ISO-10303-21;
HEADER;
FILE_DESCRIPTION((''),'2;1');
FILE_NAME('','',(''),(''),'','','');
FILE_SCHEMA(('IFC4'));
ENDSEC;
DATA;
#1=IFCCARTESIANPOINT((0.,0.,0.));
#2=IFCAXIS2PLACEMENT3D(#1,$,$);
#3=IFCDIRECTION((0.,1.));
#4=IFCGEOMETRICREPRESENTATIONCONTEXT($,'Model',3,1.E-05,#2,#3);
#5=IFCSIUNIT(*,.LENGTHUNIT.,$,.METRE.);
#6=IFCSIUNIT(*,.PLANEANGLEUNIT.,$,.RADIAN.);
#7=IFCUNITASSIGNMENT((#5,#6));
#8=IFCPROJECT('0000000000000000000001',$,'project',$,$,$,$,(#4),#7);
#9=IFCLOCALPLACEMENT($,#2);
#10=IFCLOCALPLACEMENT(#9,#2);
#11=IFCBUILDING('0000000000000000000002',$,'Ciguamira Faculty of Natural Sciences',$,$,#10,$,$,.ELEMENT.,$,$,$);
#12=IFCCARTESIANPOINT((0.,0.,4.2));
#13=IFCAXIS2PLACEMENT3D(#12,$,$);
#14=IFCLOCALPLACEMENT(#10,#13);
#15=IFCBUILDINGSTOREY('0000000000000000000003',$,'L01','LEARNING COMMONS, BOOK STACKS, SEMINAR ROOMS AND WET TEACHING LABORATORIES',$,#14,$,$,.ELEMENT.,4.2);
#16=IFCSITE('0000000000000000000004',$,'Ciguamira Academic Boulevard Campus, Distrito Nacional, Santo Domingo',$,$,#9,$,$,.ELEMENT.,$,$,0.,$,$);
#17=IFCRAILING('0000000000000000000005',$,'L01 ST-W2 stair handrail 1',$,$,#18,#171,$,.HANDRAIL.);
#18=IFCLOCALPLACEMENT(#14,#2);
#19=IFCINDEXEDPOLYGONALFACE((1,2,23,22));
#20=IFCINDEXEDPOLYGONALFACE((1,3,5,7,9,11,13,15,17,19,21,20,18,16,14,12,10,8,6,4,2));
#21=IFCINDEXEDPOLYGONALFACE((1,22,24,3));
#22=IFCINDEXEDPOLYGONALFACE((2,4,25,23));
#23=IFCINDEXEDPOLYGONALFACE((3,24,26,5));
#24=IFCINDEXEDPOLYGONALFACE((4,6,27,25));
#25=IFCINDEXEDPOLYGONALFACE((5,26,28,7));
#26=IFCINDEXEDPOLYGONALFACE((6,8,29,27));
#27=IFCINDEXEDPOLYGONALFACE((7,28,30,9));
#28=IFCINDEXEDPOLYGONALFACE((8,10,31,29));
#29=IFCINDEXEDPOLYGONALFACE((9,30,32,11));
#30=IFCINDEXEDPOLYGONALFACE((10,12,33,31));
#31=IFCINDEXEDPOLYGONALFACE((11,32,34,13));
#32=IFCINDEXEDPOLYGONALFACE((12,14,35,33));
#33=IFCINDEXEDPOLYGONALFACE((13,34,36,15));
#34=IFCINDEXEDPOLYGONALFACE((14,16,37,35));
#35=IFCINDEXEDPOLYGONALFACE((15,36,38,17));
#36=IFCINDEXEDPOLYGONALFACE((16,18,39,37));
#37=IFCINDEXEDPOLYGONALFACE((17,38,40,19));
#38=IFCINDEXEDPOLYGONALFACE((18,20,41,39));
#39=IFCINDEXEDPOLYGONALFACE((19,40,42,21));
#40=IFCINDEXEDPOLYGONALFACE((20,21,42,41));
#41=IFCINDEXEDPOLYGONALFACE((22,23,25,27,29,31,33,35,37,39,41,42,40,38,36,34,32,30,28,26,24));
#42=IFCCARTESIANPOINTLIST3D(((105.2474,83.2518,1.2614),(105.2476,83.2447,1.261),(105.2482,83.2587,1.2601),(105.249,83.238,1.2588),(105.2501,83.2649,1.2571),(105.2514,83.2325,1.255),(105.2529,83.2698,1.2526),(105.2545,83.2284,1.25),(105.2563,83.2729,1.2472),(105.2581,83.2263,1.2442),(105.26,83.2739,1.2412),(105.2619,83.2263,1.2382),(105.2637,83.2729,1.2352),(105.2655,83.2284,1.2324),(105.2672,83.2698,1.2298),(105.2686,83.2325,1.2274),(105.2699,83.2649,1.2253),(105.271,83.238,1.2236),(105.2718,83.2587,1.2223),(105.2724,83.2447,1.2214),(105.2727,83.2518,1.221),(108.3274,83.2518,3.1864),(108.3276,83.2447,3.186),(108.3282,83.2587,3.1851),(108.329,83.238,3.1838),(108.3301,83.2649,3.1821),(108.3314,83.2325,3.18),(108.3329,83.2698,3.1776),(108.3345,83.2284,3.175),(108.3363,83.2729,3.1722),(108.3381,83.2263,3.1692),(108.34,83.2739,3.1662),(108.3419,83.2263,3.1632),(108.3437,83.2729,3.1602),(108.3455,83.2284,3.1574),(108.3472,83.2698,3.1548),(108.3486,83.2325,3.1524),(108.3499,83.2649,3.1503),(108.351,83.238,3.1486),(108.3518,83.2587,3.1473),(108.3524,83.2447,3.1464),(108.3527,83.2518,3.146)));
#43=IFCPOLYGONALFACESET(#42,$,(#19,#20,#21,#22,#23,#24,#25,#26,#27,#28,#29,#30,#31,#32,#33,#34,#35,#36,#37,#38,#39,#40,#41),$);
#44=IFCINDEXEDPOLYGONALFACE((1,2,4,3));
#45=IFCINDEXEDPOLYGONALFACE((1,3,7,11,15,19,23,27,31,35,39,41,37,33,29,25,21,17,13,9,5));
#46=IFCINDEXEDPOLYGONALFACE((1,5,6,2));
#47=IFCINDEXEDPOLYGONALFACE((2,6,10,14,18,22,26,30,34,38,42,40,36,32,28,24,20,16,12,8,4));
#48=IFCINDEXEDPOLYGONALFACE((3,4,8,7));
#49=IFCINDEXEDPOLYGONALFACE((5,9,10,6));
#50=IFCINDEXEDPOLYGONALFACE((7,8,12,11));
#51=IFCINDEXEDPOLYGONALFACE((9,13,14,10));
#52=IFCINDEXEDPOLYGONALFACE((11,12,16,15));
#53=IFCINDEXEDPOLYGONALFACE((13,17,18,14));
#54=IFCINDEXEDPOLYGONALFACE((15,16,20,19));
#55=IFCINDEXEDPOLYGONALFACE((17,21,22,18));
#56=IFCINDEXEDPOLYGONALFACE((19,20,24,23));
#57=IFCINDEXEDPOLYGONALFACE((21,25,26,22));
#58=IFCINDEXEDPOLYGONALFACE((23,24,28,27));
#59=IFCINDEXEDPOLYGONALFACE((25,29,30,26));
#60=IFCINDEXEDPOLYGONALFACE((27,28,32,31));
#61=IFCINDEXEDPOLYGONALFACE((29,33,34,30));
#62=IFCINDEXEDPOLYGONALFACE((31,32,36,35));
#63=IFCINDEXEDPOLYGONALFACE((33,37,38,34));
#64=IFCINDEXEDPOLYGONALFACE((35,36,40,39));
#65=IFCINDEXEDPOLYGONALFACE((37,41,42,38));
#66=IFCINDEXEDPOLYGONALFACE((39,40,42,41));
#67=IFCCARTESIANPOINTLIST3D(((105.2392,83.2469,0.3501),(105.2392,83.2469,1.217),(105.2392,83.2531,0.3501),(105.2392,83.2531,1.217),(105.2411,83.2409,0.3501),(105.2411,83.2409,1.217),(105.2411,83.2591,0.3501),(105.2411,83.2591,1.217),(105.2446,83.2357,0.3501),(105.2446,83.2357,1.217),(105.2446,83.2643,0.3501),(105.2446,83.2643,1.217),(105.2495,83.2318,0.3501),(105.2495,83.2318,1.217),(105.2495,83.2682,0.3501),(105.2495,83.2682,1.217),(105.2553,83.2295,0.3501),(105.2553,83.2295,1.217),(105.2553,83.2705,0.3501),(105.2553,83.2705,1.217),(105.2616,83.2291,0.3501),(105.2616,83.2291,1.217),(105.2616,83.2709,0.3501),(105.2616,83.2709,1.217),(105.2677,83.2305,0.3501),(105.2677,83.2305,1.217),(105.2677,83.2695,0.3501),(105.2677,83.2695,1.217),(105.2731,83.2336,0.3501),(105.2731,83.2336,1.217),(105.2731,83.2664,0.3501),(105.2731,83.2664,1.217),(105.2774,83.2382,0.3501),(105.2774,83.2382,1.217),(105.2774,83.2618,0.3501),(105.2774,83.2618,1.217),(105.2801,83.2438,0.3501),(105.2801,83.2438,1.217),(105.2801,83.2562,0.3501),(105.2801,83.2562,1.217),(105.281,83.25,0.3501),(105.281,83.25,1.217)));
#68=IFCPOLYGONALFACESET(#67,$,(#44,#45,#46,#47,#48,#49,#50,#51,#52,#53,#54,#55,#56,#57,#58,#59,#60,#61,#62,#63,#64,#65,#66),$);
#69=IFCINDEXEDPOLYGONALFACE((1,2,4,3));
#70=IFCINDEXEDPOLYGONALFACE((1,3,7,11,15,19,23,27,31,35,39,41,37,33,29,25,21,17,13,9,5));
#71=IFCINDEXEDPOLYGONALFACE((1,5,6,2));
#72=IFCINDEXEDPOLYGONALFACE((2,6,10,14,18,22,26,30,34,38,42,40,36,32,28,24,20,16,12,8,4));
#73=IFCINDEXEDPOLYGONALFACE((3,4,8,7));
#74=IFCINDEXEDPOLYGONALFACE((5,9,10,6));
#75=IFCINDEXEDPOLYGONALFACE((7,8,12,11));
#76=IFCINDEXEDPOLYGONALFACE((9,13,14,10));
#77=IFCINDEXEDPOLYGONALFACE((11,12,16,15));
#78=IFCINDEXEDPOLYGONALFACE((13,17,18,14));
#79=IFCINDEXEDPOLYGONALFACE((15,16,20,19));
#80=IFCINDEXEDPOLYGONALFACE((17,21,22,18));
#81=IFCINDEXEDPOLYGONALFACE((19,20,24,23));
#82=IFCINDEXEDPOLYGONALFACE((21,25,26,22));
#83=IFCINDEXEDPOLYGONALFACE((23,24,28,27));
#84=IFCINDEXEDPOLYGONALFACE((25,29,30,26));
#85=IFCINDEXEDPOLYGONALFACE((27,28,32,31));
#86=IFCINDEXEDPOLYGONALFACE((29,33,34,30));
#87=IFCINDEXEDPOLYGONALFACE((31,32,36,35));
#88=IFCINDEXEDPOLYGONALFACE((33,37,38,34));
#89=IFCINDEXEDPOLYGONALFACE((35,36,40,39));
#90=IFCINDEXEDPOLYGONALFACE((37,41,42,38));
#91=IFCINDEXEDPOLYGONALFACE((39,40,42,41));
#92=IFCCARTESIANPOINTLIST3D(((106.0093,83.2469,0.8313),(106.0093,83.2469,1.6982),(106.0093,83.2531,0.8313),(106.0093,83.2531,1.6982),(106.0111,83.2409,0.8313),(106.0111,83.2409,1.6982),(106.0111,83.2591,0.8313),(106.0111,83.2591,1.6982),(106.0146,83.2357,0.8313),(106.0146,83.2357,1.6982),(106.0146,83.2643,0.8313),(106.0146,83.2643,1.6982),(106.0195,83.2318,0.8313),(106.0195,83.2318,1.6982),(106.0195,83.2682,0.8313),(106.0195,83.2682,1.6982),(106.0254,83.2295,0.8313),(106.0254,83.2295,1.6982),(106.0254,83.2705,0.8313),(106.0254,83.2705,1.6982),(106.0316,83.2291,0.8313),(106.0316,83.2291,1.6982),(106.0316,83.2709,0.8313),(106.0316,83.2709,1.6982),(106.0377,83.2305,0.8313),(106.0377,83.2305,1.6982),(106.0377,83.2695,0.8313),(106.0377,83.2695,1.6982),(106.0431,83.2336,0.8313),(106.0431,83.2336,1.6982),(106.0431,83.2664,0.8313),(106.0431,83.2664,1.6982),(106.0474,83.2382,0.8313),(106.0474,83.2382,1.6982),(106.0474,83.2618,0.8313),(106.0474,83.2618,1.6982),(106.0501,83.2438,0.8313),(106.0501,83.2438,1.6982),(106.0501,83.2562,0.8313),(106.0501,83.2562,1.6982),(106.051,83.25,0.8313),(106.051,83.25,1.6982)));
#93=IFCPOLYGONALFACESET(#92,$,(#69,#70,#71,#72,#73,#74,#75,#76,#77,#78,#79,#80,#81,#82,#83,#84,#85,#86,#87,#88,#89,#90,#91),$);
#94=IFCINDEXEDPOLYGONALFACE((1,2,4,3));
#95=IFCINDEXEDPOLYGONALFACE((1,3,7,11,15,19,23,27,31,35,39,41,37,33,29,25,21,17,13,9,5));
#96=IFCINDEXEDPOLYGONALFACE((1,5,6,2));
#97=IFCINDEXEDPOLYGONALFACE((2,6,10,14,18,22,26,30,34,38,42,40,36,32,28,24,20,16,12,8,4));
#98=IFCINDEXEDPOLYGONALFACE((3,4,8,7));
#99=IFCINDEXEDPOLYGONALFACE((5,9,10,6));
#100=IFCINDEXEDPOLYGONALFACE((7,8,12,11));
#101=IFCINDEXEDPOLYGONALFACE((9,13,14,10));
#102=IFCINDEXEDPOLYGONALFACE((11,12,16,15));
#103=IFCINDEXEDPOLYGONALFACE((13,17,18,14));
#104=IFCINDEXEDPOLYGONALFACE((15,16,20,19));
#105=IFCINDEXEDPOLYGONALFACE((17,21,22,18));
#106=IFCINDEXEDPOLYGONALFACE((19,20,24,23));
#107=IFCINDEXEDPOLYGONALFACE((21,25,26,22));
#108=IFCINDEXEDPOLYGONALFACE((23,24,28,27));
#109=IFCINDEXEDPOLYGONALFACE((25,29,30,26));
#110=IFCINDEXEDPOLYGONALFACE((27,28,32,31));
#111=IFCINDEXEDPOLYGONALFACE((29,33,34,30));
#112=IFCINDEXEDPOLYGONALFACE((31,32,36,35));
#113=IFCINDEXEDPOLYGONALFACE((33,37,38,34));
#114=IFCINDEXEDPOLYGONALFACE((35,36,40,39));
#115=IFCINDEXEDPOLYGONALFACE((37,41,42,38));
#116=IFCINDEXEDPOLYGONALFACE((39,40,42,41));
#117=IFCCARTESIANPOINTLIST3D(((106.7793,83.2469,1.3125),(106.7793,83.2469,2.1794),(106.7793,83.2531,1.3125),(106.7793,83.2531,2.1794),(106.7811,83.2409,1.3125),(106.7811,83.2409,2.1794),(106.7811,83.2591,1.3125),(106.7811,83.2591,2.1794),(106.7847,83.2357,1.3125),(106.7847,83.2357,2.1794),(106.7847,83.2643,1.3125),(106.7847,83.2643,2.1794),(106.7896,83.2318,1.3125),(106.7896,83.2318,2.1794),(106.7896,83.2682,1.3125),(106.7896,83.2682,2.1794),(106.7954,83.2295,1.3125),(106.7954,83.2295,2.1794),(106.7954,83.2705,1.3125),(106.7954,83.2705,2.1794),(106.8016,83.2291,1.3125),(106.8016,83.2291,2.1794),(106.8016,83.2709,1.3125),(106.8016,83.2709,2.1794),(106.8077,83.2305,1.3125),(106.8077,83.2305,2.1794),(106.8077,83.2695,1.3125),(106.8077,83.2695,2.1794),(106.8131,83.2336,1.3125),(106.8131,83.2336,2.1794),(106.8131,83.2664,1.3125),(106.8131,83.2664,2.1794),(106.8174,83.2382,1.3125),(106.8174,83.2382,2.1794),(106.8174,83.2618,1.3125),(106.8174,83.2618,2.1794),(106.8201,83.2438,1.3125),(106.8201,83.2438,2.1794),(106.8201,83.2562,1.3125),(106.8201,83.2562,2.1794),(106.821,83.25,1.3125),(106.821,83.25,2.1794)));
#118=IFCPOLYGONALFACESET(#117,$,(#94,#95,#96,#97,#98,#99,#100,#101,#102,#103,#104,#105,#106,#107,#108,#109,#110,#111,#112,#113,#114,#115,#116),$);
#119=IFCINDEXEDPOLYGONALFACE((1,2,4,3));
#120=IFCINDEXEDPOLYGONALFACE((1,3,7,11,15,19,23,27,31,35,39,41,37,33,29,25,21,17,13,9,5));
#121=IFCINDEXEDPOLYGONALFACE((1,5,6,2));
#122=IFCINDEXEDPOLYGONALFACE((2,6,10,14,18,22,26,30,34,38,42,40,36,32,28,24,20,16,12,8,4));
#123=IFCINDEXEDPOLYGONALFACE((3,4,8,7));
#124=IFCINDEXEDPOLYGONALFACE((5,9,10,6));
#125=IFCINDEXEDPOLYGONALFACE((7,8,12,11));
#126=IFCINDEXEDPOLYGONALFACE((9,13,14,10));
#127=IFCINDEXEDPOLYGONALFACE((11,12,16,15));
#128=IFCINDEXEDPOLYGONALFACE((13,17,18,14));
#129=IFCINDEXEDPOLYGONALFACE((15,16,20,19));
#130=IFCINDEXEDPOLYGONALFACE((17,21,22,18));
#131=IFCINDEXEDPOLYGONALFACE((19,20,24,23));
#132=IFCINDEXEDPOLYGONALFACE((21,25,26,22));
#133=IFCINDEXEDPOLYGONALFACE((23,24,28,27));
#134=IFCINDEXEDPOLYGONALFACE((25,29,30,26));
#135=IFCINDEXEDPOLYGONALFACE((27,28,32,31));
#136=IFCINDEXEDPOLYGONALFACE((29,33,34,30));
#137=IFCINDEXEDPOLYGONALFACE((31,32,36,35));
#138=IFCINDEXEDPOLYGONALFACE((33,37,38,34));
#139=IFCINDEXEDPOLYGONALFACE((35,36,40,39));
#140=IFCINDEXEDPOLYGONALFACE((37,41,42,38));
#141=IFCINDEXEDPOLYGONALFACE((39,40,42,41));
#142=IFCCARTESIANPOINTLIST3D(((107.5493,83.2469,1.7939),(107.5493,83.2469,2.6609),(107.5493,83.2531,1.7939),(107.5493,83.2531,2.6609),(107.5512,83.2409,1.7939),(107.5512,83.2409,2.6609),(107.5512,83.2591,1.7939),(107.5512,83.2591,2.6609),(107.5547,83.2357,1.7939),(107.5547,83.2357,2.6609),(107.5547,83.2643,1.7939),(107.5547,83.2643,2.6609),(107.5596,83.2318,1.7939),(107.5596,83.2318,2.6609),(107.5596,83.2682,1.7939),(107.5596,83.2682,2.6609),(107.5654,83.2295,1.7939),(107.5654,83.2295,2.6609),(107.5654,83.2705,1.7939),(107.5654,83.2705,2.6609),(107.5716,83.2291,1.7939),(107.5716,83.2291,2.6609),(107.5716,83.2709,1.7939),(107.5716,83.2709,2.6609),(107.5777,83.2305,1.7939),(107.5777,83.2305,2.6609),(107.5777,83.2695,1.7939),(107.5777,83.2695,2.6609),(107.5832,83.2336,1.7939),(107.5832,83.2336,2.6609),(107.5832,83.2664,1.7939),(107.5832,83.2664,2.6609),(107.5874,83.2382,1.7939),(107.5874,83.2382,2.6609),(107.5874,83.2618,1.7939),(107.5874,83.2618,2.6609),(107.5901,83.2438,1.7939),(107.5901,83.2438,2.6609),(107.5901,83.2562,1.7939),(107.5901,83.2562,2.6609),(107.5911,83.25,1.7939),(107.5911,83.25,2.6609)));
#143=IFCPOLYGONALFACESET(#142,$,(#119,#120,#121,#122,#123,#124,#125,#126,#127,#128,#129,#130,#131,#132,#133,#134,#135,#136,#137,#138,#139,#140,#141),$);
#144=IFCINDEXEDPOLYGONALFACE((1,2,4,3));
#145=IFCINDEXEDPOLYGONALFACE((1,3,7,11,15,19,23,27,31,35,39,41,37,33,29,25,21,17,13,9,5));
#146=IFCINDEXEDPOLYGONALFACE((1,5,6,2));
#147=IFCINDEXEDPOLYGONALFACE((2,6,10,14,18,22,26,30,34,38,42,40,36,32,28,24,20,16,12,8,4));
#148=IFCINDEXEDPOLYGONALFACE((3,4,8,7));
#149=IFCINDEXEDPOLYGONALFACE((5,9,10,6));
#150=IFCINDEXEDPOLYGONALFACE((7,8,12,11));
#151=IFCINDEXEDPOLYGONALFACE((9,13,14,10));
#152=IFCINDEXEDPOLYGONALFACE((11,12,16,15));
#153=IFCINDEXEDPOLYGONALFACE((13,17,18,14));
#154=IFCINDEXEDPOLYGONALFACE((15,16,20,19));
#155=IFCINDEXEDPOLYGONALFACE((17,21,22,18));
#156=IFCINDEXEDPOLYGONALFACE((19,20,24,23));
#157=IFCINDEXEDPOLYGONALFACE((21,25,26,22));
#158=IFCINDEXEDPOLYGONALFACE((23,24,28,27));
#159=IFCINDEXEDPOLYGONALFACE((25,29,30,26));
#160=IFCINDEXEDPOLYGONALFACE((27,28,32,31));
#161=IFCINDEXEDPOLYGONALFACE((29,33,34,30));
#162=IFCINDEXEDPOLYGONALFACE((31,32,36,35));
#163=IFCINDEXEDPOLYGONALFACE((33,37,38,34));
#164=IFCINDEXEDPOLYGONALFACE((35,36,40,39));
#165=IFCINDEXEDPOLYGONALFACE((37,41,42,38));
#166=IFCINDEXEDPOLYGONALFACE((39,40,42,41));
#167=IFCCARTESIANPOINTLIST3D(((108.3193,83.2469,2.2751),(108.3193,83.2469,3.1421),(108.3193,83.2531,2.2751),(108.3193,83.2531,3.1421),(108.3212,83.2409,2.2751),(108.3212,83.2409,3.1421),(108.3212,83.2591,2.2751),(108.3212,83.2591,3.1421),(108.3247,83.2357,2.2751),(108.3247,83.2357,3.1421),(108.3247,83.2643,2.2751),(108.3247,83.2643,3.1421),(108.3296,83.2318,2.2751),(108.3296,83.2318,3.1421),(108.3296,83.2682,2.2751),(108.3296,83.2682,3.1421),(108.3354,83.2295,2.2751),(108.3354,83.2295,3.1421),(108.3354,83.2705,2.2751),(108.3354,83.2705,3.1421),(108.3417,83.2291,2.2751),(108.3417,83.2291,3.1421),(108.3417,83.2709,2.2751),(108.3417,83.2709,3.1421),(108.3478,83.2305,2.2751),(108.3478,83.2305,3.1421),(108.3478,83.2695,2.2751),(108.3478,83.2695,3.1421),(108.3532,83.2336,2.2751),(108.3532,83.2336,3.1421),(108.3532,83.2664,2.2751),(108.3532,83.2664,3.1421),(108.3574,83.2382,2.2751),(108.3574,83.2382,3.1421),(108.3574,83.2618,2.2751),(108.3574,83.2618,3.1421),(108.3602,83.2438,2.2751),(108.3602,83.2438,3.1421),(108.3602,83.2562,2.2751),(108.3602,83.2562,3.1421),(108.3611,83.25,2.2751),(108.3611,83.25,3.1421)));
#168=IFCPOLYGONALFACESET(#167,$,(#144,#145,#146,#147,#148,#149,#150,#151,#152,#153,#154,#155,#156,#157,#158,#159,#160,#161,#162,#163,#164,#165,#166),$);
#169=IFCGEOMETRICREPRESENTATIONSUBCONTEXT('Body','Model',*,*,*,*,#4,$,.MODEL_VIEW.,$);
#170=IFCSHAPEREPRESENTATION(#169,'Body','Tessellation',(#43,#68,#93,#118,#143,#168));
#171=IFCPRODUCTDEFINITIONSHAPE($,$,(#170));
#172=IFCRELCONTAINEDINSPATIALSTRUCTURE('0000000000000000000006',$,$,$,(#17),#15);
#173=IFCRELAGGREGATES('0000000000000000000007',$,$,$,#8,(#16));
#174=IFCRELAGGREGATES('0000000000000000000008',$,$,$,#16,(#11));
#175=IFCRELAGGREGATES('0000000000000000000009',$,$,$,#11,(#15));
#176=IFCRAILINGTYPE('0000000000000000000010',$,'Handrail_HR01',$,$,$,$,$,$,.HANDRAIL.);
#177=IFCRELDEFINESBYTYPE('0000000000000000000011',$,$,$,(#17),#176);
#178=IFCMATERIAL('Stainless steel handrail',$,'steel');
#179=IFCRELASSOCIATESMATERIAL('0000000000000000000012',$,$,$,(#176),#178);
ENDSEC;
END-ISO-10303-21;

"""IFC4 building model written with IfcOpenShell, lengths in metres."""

from ifc_helpers import new_model, si_unit, direction, frame, origin, origin_2d, place, context, subcontext, project, spatial, circle, extrude, material, type_object, element, save


model = new_model("IFC4")

# Units and contexts
model_context = context("Model", 3, precision=1e-05, world=origin(), true_north=direction((0.0, 1.0)))
body_context = subcontext(model_context, "Body", "Model", "MODEL_VIEW")
ifc_project = project(units=[si_unit("LENGTHUNIT", "METRE"), si_unit("PLANEANGLEUNIT", "RADIAN")], contexts=[model_context])

# Site, building, storey
site_placement = place(None, origin())
site = spatial("IfcSite", under=ifc_project, at=site_placement, Name="Ciguamira Academic Boulevard Campus, Distrito Nacional, Santo Domingo", CompositionType="ELEMENT", RefElevation=0.0)
building_placement = place(site_placement, origin())
building = spatial("IfcBuilding", under=site, at=building_placement, Name="Ciguamira Faculty of Natural Sciences", CompositionType="ELEMENT")
storey_placement = place(building_placement, frame((0.0, 0.0, 4.2)))
storey = spatial("IfcBuildingStorey", under=building, at=storey_placement, Name="L01", Description="LEARNING COMMONS, BOOK STACKS, SEMINAR ROOMS AND WET TEACHING LABORATORIES", CompositionType="ELEMENT", Elevation=4.2)

# Railing
ifc_material_1 = material(Name="Stainless steel handrail", Category="steel")
railing_type_1 = type_object("IfcRailingType", Name="Handrail_HR01", PredefinedType="HANDRAIL", material=ifc_material_1)
railing_1_placement = place(storey_placement, frame((105.26, 83.25, 0.3501)))
element("IfcRailing", 1, at=railing_1_placement, inside=storey, type_object=railing_type_1, Name="L01 ST-W2 stair handrail 1", PredefinedType="HANDRAIL", context=body_context, shape_type="SweptSolid", body=[
    extrude(circle(Radius=0.0239, at=origin_2d()), frame((0.0, 0.0, 0.8911), z_axis=(0.847998, 0.0, 0.529999), x_axis=(0.0, 1.0, 0.0)), (0.0, 0.0, 1.0), 3.6321),
    extrude(circle(Radius=0.021, at=origin_2d()), origin(), (0.0, 0.0, 1.0), 0.8669),
    extrude(circle(Radius=0.021, at=origin_2d()), frame((0.77, 0.0, 0.4812)), (0.0, 0.0, 1.0), 0.8669),
    extrude(circle(Radius=0.021, at=origin_2d()), frame((1.54, 0.0, 0.9624)), (0.0, 0.0, 1.0), 0.8669),
    extrude(circle(Radius=0.021, at=origin_2d()), frame((2.3101, 0.0, 1.4438)), (0.0, 0.0, 1.0), 0.8669),
    extrude(circle(Radius=0.021, at=origin_2d()), frame((3.0801, 0.0, 1.925)), (0.0, 0.0, 1.0), 0.8669),
])

save(model, "model.ifc")
